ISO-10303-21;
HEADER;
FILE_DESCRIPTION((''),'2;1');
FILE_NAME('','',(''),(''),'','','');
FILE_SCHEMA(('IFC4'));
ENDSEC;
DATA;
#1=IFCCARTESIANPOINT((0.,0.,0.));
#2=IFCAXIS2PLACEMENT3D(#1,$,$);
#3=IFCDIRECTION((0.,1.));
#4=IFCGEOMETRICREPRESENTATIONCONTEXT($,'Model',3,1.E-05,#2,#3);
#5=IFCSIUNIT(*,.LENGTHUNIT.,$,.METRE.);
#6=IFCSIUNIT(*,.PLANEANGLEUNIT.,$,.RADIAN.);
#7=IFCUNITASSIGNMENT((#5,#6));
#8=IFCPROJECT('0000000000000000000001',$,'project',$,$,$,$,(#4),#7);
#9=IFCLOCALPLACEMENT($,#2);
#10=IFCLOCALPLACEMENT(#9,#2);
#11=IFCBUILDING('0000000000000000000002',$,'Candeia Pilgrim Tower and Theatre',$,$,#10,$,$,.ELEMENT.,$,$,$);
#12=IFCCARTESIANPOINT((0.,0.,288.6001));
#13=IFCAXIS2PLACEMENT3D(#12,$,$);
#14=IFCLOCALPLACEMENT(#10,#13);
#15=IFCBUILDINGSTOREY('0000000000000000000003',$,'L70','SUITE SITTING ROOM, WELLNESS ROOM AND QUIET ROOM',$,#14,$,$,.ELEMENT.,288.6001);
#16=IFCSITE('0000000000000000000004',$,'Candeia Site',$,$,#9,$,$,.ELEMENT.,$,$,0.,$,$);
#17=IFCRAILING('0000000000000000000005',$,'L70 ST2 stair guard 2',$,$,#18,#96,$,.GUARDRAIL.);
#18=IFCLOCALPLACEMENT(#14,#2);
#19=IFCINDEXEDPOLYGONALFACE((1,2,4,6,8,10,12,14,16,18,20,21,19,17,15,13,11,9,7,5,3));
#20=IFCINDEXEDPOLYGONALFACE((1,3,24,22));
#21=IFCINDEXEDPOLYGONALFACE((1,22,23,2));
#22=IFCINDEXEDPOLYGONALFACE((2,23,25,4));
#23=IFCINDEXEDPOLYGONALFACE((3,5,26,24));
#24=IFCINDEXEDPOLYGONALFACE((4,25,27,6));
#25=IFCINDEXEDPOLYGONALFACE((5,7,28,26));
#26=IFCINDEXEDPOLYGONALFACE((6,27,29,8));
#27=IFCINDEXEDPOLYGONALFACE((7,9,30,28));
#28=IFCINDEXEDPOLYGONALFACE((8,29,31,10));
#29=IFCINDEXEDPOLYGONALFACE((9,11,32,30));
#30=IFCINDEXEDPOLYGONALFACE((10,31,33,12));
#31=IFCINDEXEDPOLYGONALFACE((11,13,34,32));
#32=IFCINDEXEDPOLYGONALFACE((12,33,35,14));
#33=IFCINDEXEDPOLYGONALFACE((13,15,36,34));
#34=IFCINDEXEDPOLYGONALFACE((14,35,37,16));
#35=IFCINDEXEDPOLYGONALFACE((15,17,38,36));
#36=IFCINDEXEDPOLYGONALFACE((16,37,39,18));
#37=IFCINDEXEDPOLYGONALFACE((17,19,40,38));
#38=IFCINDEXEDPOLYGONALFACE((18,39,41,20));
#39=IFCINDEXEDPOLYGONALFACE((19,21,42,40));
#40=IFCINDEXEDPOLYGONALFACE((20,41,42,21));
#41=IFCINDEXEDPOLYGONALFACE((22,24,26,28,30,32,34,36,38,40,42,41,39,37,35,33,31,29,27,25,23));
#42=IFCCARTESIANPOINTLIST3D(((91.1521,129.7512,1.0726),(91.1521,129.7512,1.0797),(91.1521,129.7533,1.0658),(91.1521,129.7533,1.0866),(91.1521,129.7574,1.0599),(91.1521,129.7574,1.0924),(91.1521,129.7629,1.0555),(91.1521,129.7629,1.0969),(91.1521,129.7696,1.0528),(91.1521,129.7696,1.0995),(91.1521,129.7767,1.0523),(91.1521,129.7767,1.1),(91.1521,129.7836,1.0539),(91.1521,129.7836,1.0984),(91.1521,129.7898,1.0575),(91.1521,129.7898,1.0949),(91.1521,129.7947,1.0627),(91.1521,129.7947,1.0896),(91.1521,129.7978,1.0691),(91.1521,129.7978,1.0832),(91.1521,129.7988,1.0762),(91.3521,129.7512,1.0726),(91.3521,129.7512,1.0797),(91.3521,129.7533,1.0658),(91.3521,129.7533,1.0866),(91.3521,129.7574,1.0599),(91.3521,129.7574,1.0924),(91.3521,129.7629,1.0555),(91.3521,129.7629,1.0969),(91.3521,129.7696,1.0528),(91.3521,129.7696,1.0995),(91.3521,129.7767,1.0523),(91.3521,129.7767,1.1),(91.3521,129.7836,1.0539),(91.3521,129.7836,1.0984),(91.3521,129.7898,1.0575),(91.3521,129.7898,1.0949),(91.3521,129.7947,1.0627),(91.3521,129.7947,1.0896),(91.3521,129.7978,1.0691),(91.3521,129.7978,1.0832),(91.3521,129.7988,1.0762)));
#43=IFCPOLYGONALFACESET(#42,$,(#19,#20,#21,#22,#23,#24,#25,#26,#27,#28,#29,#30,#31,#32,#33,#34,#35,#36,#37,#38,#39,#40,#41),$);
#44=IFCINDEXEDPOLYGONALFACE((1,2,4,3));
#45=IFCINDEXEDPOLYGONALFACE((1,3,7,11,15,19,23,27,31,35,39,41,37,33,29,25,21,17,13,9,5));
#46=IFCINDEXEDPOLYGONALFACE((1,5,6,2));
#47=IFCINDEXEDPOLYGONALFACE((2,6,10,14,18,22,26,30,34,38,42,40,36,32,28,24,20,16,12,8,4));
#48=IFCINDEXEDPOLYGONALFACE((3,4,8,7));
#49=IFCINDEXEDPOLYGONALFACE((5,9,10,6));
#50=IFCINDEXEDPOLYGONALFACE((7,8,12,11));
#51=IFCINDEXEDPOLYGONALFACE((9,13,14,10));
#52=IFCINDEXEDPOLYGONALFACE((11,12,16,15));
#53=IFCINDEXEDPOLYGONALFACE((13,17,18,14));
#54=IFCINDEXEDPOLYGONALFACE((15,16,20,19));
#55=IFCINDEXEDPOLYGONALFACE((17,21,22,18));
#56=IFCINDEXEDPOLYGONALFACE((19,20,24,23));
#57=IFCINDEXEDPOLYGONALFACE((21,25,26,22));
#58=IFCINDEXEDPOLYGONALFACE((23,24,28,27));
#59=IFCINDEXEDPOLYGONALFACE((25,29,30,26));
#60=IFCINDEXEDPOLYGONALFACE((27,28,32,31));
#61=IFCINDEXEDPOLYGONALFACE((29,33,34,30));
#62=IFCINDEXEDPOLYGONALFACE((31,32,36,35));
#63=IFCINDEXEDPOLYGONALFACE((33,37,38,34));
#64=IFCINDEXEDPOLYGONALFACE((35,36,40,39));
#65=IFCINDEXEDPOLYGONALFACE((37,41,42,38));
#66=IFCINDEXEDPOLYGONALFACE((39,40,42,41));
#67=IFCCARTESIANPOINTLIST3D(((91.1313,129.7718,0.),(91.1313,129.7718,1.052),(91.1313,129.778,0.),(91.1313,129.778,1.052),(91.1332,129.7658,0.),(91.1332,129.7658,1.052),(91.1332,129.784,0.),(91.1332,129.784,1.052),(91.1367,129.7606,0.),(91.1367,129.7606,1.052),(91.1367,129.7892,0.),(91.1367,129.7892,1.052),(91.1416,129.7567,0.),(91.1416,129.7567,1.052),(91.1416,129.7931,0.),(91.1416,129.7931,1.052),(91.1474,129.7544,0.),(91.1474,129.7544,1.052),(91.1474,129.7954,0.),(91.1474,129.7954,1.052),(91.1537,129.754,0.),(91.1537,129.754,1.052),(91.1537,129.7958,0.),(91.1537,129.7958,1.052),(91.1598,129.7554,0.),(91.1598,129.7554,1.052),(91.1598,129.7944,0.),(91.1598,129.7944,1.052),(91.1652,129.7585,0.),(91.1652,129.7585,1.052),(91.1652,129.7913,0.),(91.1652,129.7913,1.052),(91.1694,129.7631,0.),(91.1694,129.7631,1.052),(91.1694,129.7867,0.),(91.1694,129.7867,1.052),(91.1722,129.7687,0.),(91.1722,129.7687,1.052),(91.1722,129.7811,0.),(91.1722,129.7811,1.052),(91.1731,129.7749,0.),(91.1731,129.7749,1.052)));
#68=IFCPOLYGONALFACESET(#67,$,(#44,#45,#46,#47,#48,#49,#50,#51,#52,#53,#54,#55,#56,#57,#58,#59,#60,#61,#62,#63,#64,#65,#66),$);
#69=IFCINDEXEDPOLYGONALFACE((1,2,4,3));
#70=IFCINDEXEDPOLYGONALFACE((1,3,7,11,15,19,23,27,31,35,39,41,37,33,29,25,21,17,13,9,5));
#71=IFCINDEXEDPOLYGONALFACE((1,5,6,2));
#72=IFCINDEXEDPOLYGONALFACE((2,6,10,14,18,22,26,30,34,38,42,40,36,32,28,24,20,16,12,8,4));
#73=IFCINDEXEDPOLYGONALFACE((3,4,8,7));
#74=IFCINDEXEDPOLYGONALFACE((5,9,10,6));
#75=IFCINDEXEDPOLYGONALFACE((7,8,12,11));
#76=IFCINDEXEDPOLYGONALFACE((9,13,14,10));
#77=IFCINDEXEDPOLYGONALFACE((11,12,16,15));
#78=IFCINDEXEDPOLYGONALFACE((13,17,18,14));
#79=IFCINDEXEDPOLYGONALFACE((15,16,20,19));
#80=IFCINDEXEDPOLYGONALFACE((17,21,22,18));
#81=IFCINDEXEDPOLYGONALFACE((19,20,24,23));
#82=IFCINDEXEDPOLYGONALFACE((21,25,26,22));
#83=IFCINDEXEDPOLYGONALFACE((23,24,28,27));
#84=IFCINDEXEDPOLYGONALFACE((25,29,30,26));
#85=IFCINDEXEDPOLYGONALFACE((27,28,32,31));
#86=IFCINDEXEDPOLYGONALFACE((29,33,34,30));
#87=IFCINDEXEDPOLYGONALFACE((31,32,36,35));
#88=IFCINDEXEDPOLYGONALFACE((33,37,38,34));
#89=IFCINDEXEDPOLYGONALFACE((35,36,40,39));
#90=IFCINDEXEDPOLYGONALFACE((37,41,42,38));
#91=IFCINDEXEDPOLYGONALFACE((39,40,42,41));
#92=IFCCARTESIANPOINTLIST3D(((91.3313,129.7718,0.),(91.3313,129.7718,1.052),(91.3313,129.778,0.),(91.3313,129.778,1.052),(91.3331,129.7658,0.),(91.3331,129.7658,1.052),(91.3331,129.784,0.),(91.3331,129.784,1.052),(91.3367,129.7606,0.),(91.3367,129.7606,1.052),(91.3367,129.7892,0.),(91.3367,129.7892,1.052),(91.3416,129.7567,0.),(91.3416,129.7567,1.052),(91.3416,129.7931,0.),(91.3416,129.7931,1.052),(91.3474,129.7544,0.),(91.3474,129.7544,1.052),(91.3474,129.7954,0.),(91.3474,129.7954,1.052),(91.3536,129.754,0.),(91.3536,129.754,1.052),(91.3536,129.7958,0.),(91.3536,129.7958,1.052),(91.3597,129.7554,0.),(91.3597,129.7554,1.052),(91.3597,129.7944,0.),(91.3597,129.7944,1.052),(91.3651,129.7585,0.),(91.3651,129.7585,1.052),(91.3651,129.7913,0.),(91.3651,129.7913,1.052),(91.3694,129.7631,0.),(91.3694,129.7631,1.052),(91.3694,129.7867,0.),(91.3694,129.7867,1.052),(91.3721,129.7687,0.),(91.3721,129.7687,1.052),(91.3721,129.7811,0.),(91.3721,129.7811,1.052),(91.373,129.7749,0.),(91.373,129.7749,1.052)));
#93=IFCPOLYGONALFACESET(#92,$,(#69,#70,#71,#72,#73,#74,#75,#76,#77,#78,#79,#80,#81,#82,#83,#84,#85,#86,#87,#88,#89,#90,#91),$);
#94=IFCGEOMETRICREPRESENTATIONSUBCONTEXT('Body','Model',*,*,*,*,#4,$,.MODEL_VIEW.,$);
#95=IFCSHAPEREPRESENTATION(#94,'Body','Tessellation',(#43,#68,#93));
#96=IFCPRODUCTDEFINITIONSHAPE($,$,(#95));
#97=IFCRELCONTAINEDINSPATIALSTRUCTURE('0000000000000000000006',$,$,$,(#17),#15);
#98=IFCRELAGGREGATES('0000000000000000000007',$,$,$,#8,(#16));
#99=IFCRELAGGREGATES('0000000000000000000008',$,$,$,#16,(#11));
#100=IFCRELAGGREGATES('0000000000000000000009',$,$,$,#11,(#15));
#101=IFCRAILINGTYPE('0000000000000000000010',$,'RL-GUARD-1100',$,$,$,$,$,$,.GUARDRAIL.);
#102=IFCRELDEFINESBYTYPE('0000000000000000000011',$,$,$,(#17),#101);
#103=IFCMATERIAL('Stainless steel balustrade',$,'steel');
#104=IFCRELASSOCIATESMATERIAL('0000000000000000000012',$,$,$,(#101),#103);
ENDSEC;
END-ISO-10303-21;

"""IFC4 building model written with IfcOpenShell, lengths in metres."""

from ifc_helpers import new_model, si_unit, direction, frame, origin, origin_2d, place, context, subcontext, project, spatial, circle, extrude, material, type_object, element, save


model = new_model("IFC4")

# Units and contexts
model_context = context("Model", 3, precision=1e-05, world=origin(), true_north=direction((0.0, 1.0)))
body_context = subcontext(model_context, "Body", "Model", "MODEL_VIEW")
ifc_project = project(units=[si_unit("LENGTHUNIT", "METRE"), si_unit("PLANEANGLEUNIT", "RADIAN")], contexts=[model_context])

# Site, building, storey
site_placement = place(None, origin())
site = spatial("IfcSite", under=ifc_project, at=site_placement, Name="Candeia Site", CompositionType="ELEMENT", RefElevation=0.0)
building_placement = place(site_placement, origin())
building = spatial("IfcBuilding", under=site, at=building_placement, Name="Candeia Pilgrim Tower and Theatre", CompositionType="ELEMENT")
storey_placement = place(building_placement, frame((0.0, 0.0, 288.6001)))
storey = spatial("IfcBuildingStorey", under=building, at=storey_placement, Name="L70", Description="SUITE SITTING ROOM, WELLNESS ROOM AND QUIET ROOM", CompositionType="ELEMENT", Elevation=288.6001)

# Shared definitions
ifc_material_1 = material(Name="Stainless steel balustrade", Category="steel")

# Railing
railing_type_1 = type_object("IfcRailingType", Name="RL-GUARD-1100", PredefinedType="GUARDRAIL", material=ifc_material_1)
railing_1_placement = place(storey_placement, frame((91.1521, 129.7749, 0.0)))
element("IfcRailing", 1, at=railing_1_placement, inside=storey, type_object=railing_type_1, Name="L70 ST2 stair guard 2", PredefinedType="GUARDRAIL", context=body_context, shape_type="SweptSolid", body=[
    extrude(circle(Radius=0.0239, at=origin_2d()), frame((0.0, 0.0, 1.0762), z_axis=(1.0, 0.0, 0.0), x_axis=(0.0, 1.0, 0.0)), (0.0, 0.0, 1.0), 0.2),
    extrude(circle(Radius=0.021, at=origin_2d()), origin(), (0.0, 0.0, 1.0), 1.052),
    extrude(circle(Radius=0.021, at=origin_2d()), frame((0.2, 0.0, 0.0)), (0.0, 0.0, 1.0), 1.052),
])

save(model, "model.ifc")
